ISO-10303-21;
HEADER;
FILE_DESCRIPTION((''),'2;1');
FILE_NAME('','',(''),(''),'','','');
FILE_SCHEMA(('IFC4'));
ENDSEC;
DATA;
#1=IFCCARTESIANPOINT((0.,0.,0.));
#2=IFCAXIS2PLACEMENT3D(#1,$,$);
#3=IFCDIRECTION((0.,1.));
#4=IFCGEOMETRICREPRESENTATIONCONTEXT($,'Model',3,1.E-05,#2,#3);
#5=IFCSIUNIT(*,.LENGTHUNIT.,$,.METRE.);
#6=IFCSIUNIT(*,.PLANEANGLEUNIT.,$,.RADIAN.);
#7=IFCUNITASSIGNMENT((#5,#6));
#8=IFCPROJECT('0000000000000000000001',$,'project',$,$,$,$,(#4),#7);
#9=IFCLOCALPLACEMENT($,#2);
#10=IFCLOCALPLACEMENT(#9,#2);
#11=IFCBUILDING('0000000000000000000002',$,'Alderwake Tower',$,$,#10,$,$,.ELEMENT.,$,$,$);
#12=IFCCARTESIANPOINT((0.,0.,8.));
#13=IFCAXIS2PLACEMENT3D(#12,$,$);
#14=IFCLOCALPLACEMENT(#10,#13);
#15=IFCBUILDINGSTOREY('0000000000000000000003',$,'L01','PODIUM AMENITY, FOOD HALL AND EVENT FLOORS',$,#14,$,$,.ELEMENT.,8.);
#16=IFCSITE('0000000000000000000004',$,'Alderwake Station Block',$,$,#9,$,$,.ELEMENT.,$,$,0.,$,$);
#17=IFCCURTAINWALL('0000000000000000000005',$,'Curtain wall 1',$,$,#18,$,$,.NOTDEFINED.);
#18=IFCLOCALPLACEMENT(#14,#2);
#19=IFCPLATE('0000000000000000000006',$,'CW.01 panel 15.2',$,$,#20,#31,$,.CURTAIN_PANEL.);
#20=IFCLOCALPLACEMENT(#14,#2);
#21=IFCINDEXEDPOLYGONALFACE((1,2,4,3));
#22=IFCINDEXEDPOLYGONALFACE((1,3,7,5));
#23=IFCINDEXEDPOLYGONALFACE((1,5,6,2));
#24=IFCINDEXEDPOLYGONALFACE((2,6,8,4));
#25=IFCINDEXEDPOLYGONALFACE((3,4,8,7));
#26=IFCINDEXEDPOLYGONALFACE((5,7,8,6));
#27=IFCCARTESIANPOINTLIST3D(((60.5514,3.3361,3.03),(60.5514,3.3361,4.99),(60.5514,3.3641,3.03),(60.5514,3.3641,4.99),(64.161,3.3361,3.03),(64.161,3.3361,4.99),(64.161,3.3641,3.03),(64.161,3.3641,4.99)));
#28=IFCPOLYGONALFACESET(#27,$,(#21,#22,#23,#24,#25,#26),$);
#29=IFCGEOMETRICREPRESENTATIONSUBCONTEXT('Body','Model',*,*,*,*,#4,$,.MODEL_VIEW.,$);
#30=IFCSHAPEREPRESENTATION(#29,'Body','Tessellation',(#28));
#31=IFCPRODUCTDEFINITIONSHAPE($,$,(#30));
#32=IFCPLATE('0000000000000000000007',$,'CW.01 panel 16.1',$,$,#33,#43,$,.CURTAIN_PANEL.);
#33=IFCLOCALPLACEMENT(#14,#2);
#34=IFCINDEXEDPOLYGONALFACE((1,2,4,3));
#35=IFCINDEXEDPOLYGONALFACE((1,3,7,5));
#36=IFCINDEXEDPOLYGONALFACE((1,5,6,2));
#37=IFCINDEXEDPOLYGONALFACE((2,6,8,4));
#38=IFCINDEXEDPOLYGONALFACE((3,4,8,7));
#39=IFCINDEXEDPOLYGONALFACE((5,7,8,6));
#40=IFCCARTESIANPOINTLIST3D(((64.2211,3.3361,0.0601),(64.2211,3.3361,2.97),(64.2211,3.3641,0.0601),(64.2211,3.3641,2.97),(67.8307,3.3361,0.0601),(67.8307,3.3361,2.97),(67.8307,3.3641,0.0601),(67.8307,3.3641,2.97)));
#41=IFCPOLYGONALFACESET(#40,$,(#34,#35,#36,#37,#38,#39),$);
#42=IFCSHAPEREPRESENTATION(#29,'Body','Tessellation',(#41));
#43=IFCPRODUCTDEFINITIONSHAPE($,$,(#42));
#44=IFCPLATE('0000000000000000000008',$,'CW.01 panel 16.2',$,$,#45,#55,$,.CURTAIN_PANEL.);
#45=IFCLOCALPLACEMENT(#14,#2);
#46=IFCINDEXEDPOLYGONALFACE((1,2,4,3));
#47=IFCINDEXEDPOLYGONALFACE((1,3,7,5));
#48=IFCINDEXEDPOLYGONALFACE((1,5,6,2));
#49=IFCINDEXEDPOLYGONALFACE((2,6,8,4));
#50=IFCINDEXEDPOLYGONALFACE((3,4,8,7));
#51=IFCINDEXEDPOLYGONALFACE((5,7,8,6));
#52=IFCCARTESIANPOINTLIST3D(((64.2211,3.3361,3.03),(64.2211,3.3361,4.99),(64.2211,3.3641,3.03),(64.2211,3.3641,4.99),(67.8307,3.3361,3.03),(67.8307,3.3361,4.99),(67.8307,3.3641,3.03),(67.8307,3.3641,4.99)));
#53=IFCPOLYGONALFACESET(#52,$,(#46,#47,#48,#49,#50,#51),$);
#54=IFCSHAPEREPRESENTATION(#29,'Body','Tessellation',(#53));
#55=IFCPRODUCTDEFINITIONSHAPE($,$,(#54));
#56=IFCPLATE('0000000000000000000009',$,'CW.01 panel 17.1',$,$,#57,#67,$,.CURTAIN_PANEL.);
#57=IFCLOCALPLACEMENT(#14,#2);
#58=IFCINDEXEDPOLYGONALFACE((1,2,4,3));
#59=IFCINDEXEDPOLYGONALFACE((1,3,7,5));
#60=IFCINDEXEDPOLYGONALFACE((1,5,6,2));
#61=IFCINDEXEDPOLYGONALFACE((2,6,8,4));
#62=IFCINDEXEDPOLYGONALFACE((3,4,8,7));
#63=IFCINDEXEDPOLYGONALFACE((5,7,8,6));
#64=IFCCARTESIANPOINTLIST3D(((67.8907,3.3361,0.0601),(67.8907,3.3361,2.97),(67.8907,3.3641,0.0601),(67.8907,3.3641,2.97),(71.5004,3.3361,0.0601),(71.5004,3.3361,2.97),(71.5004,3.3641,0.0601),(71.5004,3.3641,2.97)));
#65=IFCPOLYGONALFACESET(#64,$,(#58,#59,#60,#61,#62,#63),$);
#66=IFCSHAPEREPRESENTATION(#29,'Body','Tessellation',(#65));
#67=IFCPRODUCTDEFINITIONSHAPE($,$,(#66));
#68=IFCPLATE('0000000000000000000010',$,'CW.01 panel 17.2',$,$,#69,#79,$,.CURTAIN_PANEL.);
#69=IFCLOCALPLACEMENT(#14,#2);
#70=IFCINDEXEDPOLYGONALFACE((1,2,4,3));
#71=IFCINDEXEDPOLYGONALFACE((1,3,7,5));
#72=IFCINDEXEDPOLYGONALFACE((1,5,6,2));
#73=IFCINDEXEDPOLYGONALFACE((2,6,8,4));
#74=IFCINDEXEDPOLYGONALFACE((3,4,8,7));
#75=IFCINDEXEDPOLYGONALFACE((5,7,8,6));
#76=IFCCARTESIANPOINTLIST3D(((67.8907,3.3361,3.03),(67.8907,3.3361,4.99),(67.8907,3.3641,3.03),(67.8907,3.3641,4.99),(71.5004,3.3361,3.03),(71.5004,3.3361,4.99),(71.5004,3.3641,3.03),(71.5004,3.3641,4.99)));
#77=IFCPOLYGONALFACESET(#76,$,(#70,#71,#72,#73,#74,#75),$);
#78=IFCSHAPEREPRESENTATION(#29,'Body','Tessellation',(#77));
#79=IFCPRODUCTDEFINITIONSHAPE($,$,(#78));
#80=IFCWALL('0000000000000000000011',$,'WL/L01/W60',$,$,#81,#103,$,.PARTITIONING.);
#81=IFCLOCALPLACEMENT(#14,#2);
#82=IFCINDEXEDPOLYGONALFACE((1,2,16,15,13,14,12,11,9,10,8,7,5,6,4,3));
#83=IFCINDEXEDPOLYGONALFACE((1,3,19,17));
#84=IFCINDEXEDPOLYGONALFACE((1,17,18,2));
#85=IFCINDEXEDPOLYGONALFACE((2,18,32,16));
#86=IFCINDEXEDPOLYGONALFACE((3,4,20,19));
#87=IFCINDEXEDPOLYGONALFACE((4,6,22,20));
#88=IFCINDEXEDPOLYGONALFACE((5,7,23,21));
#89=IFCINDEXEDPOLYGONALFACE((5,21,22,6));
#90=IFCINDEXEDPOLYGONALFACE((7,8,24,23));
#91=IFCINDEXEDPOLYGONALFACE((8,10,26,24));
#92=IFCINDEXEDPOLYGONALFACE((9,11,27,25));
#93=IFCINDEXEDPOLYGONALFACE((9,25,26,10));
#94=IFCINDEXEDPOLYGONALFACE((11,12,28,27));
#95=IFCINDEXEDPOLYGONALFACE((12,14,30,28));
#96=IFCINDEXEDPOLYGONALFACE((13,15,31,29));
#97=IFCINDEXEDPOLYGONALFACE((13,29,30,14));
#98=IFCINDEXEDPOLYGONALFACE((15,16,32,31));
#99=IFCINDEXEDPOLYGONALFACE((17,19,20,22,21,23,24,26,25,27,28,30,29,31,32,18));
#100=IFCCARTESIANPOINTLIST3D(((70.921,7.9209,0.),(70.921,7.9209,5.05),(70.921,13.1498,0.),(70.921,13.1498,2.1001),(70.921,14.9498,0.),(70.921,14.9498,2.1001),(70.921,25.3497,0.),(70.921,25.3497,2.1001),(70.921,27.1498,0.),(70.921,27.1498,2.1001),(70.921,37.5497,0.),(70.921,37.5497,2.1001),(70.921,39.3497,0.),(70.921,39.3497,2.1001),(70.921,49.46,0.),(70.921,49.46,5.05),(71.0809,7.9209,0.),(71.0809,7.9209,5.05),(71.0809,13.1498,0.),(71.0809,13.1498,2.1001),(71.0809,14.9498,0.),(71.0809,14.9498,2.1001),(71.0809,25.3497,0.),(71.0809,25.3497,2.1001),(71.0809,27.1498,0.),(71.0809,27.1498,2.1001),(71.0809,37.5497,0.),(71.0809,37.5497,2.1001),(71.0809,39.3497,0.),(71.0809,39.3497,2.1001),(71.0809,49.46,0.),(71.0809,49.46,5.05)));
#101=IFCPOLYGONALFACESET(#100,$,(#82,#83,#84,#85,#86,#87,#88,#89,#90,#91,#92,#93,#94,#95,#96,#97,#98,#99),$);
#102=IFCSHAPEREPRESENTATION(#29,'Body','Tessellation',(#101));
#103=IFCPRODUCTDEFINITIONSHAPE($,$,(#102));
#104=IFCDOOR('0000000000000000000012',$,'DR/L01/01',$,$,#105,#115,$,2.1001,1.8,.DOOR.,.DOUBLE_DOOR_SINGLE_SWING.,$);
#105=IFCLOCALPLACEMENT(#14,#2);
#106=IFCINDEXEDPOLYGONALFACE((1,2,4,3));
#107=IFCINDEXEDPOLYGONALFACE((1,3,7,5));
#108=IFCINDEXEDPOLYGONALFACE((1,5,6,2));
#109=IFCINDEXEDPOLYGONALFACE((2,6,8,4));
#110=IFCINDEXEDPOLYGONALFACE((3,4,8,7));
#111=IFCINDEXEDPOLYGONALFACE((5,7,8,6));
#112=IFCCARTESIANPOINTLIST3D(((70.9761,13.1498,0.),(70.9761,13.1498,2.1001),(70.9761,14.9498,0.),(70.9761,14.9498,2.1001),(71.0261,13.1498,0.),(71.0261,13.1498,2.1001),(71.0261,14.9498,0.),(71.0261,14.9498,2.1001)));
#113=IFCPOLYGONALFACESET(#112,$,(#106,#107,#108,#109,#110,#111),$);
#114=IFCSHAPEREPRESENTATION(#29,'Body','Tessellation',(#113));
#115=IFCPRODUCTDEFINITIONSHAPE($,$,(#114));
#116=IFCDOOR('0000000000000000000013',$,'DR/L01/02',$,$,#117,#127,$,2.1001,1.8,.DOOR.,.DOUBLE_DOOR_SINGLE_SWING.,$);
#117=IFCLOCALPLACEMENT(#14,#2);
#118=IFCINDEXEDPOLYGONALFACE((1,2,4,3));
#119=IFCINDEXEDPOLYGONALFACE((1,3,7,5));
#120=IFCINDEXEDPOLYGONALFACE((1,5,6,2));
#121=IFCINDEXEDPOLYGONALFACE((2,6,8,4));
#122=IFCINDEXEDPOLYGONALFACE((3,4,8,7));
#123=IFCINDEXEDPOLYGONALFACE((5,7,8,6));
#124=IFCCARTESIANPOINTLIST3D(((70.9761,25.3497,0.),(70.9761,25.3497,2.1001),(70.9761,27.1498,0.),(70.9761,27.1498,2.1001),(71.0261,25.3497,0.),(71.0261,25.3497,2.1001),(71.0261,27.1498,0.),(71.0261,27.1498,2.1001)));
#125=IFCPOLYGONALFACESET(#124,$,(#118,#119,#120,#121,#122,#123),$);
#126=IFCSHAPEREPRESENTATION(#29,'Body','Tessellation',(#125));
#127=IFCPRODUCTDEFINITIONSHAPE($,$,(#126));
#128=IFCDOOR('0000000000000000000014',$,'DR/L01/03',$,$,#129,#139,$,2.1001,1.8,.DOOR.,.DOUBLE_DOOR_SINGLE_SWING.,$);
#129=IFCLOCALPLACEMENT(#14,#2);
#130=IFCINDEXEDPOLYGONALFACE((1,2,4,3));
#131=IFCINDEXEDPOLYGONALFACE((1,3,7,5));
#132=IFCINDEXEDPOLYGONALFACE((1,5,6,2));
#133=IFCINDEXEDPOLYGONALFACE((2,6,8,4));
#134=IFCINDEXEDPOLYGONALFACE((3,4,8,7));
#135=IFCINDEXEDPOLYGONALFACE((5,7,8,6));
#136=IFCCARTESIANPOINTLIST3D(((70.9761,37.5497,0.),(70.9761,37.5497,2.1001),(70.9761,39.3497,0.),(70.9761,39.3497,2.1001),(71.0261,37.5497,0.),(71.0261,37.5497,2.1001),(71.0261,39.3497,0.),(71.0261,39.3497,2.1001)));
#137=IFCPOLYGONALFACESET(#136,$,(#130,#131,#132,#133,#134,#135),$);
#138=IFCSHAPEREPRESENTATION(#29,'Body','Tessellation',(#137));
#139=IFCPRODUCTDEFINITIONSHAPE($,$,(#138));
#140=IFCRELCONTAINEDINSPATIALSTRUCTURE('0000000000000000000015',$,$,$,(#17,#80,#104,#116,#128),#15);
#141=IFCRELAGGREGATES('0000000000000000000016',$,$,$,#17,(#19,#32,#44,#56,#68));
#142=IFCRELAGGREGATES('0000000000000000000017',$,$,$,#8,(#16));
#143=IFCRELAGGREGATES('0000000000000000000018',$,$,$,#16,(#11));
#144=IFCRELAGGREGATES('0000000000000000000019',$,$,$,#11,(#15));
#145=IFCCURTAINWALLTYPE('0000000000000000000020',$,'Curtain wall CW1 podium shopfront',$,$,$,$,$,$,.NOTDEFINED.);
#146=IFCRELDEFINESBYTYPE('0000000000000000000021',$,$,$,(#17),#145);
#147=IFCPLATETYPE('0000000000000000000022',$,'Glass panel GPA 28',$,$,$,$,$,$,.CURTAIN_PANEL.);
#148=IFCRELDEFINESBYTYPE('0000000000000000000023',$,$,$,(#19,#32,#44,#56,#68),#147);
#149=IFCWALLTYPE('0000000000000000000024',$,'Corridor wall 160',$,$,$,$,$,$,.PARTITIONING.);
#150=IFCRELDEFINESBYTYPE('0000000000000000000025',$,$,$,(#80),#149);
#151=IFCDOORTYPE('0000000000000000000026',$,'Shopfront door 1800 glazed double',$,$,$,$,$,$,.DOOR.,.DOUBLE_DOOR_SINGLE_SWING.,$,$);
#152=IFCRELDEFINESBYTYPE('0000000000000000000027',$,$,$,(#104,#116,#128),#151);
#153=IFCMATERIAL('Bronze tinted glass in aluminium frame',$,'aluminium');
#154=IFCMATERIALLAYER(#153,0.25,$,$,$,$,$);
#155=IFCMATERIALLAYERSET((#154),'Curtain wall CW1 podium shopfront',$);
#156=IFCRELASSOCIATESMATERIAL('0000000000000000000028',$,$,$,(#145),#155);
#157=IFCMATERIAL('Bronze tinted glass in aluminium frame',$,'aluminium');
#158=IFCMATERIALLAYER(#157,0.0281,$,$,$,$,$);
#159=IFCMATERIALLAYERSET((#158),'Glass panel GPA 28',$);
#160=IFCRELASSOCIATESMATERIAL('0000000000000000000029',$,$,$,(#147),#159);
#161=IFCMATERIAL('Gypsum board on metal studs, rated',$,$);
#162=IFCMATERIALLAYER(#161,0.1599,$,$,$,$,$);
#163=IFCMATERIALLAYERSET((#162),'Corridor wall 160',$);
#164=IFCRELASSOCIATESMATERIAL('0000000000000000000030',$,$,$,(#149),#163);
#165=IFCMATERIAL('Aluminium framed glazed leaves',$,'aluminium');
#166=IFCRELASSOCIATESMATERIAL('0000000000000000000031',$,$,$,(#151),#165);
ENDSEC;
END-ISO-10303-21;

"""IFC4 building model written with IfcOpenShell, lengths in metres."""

from ifc_helpers import new_model, si_unit, direction, frame, frame_2d, origin, origin_2d, place, context, subcontext, project, spatial, rectangle, extrude, material, layer, layer_set, type_object, element, fill, aggregate, save


model = new_model("IFC4")

# Units and contexts
model_context = context("Model", 3, precision=1e-05, world=origin(), true_north=direction((0.0, 1.0)))
body_context = subcontext(model_context, "Body", "Model", "MODEL_VIEW")
ifc_project = project(units=[si_unit("LENGTHUNIT", "METRE"), si_unit("PLANEANGLEUNIT", "RADIAN")], contexts=[model_context])

# Site, building, storey
site_placement = place(None, origin())
site = spatial("IfcSite", under=ifc_project, at=site_placement, Name="Alderwake Station Block", CompositionType="ELEMENT", RefElevation=0.0)
building_placement = place(site_placement, origin())
building = spatial("IfcBuilding", under=site, at=building_placement, Name="Alderwake Tower", CompositionType="ELEMENT")
storey_placement = place(building_placement, frame((0.0, 0.0, 8.0)))
storey = spatial("IfcBuildingStorey", under=building, at=storey_placement, Name="L01", Description="PODIUM AMENITY, FOOD HALL AND EVENT FLOORS", CompositionType="ELEMENT", Elevation=8.0)

# Curtain wall, plates
ifc_material_1 = material(Name="Bronze tinted glass in aluminium frame", Category="aluminium")
ifc_layer_1 = layer(ifc_material_1, 0.25)
ifc_layer_set_1 = layer_set([ifc_layer_1], Name="Curtain wall CW1 podium shopfront")
curtain_wall_type = type_object("IfcCurtainWallType", Name="Curtain wall CW1 podium shopfront", PredefinedType="NOTDEFINED", material=ifc_layer_set_1)
curtain_wall_placement = place(storey_placement, origin())
curtain_wall = element("IfcCurtainWall", 1, at=curtain_wall_placement, inside=storey, type_object=curtain_wall_type, Name="Curtain wall 1", PredefinedType="NOTDEFINED")
ifc_material_2 = material(Name="Bronze tinted glass in aluminium frame", Category="aluminium")
ifc_layer_2 = layer(ifc_material_2, 0.0281)
ifc_layer_set_2 = layer_set([ifc_layer_2], Name="Glass panel GPA 28")
plate_type = type_object("IfcPlateType", Name="Glass panel GPA 28", PredefinedType="CURTAIN_PANEL", material=ifc_layer_set_2)
plate_1_placement = place(storey_placement, frame((62.3562, 3.3501, 3.03), z_axis=(0.0, 0.0, 1.0), x_axis=(1.0, 0.0, 0.0)))
plate_1 = element("IfcPlate", 2, at=plate_1_placement, type_object=plate_type, Name="CW.01 panel 15.2", PredefinedType="CURTAIN_PANEL", context=body_context, shape_type="SweptSolid", body=[
    extrude(rectangle(XDim=3.6096, YDim=0.0281, at=origin_2d()), origin(), (0.0, 0.0, 1.0), 1.96),
])
plate_2_placement = place(storey_placement, frame((66.0259, 3.3501, 0.0601), z_axis=(0.0, 0.0, 1.0), x_axis=(1.0, 0.0, 0.0)))
plate_2 = element("IfcPlate", 3, at=plate_2_placement, type_object=plate_type, Name="CW.01 panel 16.1", PredefinedType="CURTAIN_PANEL", context=body_context, shape_type="SweptSolid", body=[
    extrude(rectangle(XDim=3.6096, YDim=0.0281, at=origin_2d()), origin(), (0.0, 0.0, 1.0), 2.9099),
])
plate_3_placement = place(storey_placement, frame((66.0259, 3.3501, 3.03), z_axis=(0.0, 0.0, 1.0), x_axis=(1.0, 0.0, 0.0)))
plate_3 = element("IfcPlate", 4, at=plate_3_placement, type_object=plate_type, Name="CW.01 panel 16.2", PredefinedType="CURTAIN_PANEL", context=body_context, shape_type="SweptSolid", body=[
    extrude(rectangle(XDim=3.6096, YDim=0.0281, at=origin_2d()), origin(), (0.0, 0.0, 1.0), 1.96),
])
plate_4_placement = place(storey_placement, frame((69.6956, 3.3501, 0.0601), z_axis=(0.0, 0.0, 1.0), x_axis=(1.0, 0.0, 0.0)))
plate_4 = element("IfcPlate", 5, at=plate_4_placement, type_object=plate_type, Name="CW.01 panel 17.1", PredefinedType="CURTAIN_PANEL", context=body_context, shape_type="SweptSolid", body=[
    extrude(rectangle(XDim=3.6096, YDim=0.0281, at=origin_2d()), origin(), (0.0, 0.0, 1.0), 2.9099),
])
plate_5_placement = place(storey_placement, frame((69.6956, 3.3501, 3.03), z_axis=(0.0, 0.0, 1.0), x_axis=(1.0, 0.0, 0.0)))
plate_5 = element("IfcPlate", 6, at=plate_5_placement, type_object=plate_type, Name="CW.01 panel 17.2", PredefinedType="CURTAIN_PANEL", context=body_context, shape_type="SweptSolid", body=[
    extrude(rectangle(XDim=3.6096, YDim=0.0281, at=origin_2d()), origin(), (0.0, 0.0, 1.0), 1.96),
])
aggregate(curtain_wall, [plate_1, plate_2, plate_3, plate_4, plate_5])

# Wall, openings, doors
ifc_material_3 = material(Name="Gypsum board on metal studs, rated")
ifc_layer_3 = layer(ifc_material_3, 0.1599)
ifc_layer_set_3 = layer_set([ifc_layer_3], Name="Corridor wall 160")
wall_type = type_object("IfcWallType", Name="Corridor wall 160", PredefinedType="PARTITIONING", material=ifc_layer_set_3)
wall_placement = place(storey_placement, frame((71.001, 7.9209, 0.0), z_axis=(0.0, 0.0, 1.0), x_axis=(0.0, 1.0, 0.0)))
wall = element("IfcWall", 7, at=wall_placement, inside=storey, type_object=wall_type, Name="WL/L01/W60", PredefinedType="PARTITIONING", context=body_context, shape_type="SweptSolid", body=[
    extrude(rectangle(XDim=41.5391, YDim=0.1599, at=frame_2d((20.7695, 0.0))), origin(), (0.0, 0.0, 1.0), 5.05),
])
opening_1_placement = place(wall_placement, frame((5.229, 0.0, 0.0)))
opening_1 = element("IfcOpeningElement", 8, at=opening_1_placement, cuts=wall, PredefinedType="OPENING", context=body_context, shape_type="SweptSolid", body=[
    extrude(rectangle(XDim=1.8, YDim=2.1001, at=frame_2d((0.8999, 1.05))), frame((0.0, 0.0898, 0.0), z_axis=(0.0, -1.0, 0.0), x_axis=(1.0, 0.0, 0.0)), (0.0, 0.0, 1.0), 0.1799),
])
opening_2_placement = place(wall_placement, frame((17.429, 0.0, 0.0)))
opening_2 = element("IfcOpeningElement", 9, at=opening_2_placement, cuts=wall, PredefinedType="OPENING", context=body_context, shape_type="SweptSolid", body=[
    extrude(rectangle(XDim=1.8, YDim=2.1001, at=frame_2d((0.8999, 1.05))), frame((0.0, 0.0898, 0.0), z_axis=(0.0, -1.0, 0.0), x_axis=(1.0, 0.0, 0.0)), (0.0, 0.0, 1.0), 0.1799),
])
opening_3_placement = place(wall_placement, frame((29.6289, 0.0, 0.0)))
opening_3 = element("IfcOpeningElement", 10, at=opening_3_placement, cuts=wall, PredefinedType="OPENING", context=body_context, shape_type="SweptSolid", body=[
    extrude(rectangle(XDim=1.8, YDim=2.1001, at=frame_2d((0.8999, 1.05))), frame((0.0, 0.0898, 0.0), z_axis=(0.0, -1.0, 0.0), x_axis=(1.0, 0.0, 0.0)), (0.0, 0.0, 1.0), 0.1799),
])
ifc_material_4 = material(Name="Aluminium framed glazed leaves", Category="aluminium")
door_type = type_object("IfcDoorType", Name="Shopfront door 1800 glazed double", OperationType="DOUBLE_DOOR_SINGLE_SWING", PredefinedType="DOOR", material=ifc_material_4)
door_1_placement = place(opening_1_placement, origin())
door_1 = element("IfcDoor", 11, at=door_1_placement, inside=storey, type_object=door_type, Name="DR/L01/01", OperationType="DOUBLE_DOOR_SINGLE_SWING", OverallHeight=2.1001, OverallWidth=1.8, PredefinedType="DOOR", context=body_context, shape_type="SweptSolid", body=[
    extrude(rectangle(XDim=1.8, YDim=2.1001, at=frame_2d((0.8999, 1.05))), frame((0.0, 0.0249, 0.0), z_axis=(0.0, -1.0, 0.0), x_axis=(1.0, 0.0, 0.0)), (0.0, 0.0, 1.0), 0.05),
])
fill(opening_1, door_1)
door_2_placement = place(opening_2_placement, origin())
door_2 = element("IfcDoor", 12, at=door_2_placement, inside=storey, type_object=door_type, Name="DR/L01/02", OperationType="DOUBLE_DOOR_SINGLE_SWING", OverallHeight=2.1001, OverallWidth=1.8, PredefinedType="DOOR", context=body_context, shape_type="SweptSolid", body=[
    extrude(rectangle(XDim=1.8, YDim=2.1001, at=frame_2d((0.8999, 1.05))), frame((0.0, 0.0249, 0.0), z_axis=(0.0, -1.0, 0.0), x_axis=(1.0, 0.0, 0.0)), (0.0, 0.0, 1.0), 0.05),
])
fill(opening_2, door_2)
door_3_placement = place(opening_3_placement, origin())
door_3 = element("IfcDoor", 13, at=door_3_placement, inside=storey, type_object=door_type, Name="DR/L01/03", OperationType="DOUBLE_DOOR_SINGLE_SWING", OverallHeight=2.1001, OverallWidth=1.8, PredefinedType="DOOR", context=body_context, shape_type="SweptSolid", body=[
    extrude(rectangle(XDim=1.8, YDim=2.1001, at=frame_2d((0.8999, 1.05))), frame((0.0, 0.0249, 0.0), z_axis=(0.0, -1.0, 0.0), x_axis=(1.0, 0.0, 0.0)), (0.0, 0.0, 1.0), 0.05),
])
fill(opening_3, door_3)

save(model, "model.ifc")
